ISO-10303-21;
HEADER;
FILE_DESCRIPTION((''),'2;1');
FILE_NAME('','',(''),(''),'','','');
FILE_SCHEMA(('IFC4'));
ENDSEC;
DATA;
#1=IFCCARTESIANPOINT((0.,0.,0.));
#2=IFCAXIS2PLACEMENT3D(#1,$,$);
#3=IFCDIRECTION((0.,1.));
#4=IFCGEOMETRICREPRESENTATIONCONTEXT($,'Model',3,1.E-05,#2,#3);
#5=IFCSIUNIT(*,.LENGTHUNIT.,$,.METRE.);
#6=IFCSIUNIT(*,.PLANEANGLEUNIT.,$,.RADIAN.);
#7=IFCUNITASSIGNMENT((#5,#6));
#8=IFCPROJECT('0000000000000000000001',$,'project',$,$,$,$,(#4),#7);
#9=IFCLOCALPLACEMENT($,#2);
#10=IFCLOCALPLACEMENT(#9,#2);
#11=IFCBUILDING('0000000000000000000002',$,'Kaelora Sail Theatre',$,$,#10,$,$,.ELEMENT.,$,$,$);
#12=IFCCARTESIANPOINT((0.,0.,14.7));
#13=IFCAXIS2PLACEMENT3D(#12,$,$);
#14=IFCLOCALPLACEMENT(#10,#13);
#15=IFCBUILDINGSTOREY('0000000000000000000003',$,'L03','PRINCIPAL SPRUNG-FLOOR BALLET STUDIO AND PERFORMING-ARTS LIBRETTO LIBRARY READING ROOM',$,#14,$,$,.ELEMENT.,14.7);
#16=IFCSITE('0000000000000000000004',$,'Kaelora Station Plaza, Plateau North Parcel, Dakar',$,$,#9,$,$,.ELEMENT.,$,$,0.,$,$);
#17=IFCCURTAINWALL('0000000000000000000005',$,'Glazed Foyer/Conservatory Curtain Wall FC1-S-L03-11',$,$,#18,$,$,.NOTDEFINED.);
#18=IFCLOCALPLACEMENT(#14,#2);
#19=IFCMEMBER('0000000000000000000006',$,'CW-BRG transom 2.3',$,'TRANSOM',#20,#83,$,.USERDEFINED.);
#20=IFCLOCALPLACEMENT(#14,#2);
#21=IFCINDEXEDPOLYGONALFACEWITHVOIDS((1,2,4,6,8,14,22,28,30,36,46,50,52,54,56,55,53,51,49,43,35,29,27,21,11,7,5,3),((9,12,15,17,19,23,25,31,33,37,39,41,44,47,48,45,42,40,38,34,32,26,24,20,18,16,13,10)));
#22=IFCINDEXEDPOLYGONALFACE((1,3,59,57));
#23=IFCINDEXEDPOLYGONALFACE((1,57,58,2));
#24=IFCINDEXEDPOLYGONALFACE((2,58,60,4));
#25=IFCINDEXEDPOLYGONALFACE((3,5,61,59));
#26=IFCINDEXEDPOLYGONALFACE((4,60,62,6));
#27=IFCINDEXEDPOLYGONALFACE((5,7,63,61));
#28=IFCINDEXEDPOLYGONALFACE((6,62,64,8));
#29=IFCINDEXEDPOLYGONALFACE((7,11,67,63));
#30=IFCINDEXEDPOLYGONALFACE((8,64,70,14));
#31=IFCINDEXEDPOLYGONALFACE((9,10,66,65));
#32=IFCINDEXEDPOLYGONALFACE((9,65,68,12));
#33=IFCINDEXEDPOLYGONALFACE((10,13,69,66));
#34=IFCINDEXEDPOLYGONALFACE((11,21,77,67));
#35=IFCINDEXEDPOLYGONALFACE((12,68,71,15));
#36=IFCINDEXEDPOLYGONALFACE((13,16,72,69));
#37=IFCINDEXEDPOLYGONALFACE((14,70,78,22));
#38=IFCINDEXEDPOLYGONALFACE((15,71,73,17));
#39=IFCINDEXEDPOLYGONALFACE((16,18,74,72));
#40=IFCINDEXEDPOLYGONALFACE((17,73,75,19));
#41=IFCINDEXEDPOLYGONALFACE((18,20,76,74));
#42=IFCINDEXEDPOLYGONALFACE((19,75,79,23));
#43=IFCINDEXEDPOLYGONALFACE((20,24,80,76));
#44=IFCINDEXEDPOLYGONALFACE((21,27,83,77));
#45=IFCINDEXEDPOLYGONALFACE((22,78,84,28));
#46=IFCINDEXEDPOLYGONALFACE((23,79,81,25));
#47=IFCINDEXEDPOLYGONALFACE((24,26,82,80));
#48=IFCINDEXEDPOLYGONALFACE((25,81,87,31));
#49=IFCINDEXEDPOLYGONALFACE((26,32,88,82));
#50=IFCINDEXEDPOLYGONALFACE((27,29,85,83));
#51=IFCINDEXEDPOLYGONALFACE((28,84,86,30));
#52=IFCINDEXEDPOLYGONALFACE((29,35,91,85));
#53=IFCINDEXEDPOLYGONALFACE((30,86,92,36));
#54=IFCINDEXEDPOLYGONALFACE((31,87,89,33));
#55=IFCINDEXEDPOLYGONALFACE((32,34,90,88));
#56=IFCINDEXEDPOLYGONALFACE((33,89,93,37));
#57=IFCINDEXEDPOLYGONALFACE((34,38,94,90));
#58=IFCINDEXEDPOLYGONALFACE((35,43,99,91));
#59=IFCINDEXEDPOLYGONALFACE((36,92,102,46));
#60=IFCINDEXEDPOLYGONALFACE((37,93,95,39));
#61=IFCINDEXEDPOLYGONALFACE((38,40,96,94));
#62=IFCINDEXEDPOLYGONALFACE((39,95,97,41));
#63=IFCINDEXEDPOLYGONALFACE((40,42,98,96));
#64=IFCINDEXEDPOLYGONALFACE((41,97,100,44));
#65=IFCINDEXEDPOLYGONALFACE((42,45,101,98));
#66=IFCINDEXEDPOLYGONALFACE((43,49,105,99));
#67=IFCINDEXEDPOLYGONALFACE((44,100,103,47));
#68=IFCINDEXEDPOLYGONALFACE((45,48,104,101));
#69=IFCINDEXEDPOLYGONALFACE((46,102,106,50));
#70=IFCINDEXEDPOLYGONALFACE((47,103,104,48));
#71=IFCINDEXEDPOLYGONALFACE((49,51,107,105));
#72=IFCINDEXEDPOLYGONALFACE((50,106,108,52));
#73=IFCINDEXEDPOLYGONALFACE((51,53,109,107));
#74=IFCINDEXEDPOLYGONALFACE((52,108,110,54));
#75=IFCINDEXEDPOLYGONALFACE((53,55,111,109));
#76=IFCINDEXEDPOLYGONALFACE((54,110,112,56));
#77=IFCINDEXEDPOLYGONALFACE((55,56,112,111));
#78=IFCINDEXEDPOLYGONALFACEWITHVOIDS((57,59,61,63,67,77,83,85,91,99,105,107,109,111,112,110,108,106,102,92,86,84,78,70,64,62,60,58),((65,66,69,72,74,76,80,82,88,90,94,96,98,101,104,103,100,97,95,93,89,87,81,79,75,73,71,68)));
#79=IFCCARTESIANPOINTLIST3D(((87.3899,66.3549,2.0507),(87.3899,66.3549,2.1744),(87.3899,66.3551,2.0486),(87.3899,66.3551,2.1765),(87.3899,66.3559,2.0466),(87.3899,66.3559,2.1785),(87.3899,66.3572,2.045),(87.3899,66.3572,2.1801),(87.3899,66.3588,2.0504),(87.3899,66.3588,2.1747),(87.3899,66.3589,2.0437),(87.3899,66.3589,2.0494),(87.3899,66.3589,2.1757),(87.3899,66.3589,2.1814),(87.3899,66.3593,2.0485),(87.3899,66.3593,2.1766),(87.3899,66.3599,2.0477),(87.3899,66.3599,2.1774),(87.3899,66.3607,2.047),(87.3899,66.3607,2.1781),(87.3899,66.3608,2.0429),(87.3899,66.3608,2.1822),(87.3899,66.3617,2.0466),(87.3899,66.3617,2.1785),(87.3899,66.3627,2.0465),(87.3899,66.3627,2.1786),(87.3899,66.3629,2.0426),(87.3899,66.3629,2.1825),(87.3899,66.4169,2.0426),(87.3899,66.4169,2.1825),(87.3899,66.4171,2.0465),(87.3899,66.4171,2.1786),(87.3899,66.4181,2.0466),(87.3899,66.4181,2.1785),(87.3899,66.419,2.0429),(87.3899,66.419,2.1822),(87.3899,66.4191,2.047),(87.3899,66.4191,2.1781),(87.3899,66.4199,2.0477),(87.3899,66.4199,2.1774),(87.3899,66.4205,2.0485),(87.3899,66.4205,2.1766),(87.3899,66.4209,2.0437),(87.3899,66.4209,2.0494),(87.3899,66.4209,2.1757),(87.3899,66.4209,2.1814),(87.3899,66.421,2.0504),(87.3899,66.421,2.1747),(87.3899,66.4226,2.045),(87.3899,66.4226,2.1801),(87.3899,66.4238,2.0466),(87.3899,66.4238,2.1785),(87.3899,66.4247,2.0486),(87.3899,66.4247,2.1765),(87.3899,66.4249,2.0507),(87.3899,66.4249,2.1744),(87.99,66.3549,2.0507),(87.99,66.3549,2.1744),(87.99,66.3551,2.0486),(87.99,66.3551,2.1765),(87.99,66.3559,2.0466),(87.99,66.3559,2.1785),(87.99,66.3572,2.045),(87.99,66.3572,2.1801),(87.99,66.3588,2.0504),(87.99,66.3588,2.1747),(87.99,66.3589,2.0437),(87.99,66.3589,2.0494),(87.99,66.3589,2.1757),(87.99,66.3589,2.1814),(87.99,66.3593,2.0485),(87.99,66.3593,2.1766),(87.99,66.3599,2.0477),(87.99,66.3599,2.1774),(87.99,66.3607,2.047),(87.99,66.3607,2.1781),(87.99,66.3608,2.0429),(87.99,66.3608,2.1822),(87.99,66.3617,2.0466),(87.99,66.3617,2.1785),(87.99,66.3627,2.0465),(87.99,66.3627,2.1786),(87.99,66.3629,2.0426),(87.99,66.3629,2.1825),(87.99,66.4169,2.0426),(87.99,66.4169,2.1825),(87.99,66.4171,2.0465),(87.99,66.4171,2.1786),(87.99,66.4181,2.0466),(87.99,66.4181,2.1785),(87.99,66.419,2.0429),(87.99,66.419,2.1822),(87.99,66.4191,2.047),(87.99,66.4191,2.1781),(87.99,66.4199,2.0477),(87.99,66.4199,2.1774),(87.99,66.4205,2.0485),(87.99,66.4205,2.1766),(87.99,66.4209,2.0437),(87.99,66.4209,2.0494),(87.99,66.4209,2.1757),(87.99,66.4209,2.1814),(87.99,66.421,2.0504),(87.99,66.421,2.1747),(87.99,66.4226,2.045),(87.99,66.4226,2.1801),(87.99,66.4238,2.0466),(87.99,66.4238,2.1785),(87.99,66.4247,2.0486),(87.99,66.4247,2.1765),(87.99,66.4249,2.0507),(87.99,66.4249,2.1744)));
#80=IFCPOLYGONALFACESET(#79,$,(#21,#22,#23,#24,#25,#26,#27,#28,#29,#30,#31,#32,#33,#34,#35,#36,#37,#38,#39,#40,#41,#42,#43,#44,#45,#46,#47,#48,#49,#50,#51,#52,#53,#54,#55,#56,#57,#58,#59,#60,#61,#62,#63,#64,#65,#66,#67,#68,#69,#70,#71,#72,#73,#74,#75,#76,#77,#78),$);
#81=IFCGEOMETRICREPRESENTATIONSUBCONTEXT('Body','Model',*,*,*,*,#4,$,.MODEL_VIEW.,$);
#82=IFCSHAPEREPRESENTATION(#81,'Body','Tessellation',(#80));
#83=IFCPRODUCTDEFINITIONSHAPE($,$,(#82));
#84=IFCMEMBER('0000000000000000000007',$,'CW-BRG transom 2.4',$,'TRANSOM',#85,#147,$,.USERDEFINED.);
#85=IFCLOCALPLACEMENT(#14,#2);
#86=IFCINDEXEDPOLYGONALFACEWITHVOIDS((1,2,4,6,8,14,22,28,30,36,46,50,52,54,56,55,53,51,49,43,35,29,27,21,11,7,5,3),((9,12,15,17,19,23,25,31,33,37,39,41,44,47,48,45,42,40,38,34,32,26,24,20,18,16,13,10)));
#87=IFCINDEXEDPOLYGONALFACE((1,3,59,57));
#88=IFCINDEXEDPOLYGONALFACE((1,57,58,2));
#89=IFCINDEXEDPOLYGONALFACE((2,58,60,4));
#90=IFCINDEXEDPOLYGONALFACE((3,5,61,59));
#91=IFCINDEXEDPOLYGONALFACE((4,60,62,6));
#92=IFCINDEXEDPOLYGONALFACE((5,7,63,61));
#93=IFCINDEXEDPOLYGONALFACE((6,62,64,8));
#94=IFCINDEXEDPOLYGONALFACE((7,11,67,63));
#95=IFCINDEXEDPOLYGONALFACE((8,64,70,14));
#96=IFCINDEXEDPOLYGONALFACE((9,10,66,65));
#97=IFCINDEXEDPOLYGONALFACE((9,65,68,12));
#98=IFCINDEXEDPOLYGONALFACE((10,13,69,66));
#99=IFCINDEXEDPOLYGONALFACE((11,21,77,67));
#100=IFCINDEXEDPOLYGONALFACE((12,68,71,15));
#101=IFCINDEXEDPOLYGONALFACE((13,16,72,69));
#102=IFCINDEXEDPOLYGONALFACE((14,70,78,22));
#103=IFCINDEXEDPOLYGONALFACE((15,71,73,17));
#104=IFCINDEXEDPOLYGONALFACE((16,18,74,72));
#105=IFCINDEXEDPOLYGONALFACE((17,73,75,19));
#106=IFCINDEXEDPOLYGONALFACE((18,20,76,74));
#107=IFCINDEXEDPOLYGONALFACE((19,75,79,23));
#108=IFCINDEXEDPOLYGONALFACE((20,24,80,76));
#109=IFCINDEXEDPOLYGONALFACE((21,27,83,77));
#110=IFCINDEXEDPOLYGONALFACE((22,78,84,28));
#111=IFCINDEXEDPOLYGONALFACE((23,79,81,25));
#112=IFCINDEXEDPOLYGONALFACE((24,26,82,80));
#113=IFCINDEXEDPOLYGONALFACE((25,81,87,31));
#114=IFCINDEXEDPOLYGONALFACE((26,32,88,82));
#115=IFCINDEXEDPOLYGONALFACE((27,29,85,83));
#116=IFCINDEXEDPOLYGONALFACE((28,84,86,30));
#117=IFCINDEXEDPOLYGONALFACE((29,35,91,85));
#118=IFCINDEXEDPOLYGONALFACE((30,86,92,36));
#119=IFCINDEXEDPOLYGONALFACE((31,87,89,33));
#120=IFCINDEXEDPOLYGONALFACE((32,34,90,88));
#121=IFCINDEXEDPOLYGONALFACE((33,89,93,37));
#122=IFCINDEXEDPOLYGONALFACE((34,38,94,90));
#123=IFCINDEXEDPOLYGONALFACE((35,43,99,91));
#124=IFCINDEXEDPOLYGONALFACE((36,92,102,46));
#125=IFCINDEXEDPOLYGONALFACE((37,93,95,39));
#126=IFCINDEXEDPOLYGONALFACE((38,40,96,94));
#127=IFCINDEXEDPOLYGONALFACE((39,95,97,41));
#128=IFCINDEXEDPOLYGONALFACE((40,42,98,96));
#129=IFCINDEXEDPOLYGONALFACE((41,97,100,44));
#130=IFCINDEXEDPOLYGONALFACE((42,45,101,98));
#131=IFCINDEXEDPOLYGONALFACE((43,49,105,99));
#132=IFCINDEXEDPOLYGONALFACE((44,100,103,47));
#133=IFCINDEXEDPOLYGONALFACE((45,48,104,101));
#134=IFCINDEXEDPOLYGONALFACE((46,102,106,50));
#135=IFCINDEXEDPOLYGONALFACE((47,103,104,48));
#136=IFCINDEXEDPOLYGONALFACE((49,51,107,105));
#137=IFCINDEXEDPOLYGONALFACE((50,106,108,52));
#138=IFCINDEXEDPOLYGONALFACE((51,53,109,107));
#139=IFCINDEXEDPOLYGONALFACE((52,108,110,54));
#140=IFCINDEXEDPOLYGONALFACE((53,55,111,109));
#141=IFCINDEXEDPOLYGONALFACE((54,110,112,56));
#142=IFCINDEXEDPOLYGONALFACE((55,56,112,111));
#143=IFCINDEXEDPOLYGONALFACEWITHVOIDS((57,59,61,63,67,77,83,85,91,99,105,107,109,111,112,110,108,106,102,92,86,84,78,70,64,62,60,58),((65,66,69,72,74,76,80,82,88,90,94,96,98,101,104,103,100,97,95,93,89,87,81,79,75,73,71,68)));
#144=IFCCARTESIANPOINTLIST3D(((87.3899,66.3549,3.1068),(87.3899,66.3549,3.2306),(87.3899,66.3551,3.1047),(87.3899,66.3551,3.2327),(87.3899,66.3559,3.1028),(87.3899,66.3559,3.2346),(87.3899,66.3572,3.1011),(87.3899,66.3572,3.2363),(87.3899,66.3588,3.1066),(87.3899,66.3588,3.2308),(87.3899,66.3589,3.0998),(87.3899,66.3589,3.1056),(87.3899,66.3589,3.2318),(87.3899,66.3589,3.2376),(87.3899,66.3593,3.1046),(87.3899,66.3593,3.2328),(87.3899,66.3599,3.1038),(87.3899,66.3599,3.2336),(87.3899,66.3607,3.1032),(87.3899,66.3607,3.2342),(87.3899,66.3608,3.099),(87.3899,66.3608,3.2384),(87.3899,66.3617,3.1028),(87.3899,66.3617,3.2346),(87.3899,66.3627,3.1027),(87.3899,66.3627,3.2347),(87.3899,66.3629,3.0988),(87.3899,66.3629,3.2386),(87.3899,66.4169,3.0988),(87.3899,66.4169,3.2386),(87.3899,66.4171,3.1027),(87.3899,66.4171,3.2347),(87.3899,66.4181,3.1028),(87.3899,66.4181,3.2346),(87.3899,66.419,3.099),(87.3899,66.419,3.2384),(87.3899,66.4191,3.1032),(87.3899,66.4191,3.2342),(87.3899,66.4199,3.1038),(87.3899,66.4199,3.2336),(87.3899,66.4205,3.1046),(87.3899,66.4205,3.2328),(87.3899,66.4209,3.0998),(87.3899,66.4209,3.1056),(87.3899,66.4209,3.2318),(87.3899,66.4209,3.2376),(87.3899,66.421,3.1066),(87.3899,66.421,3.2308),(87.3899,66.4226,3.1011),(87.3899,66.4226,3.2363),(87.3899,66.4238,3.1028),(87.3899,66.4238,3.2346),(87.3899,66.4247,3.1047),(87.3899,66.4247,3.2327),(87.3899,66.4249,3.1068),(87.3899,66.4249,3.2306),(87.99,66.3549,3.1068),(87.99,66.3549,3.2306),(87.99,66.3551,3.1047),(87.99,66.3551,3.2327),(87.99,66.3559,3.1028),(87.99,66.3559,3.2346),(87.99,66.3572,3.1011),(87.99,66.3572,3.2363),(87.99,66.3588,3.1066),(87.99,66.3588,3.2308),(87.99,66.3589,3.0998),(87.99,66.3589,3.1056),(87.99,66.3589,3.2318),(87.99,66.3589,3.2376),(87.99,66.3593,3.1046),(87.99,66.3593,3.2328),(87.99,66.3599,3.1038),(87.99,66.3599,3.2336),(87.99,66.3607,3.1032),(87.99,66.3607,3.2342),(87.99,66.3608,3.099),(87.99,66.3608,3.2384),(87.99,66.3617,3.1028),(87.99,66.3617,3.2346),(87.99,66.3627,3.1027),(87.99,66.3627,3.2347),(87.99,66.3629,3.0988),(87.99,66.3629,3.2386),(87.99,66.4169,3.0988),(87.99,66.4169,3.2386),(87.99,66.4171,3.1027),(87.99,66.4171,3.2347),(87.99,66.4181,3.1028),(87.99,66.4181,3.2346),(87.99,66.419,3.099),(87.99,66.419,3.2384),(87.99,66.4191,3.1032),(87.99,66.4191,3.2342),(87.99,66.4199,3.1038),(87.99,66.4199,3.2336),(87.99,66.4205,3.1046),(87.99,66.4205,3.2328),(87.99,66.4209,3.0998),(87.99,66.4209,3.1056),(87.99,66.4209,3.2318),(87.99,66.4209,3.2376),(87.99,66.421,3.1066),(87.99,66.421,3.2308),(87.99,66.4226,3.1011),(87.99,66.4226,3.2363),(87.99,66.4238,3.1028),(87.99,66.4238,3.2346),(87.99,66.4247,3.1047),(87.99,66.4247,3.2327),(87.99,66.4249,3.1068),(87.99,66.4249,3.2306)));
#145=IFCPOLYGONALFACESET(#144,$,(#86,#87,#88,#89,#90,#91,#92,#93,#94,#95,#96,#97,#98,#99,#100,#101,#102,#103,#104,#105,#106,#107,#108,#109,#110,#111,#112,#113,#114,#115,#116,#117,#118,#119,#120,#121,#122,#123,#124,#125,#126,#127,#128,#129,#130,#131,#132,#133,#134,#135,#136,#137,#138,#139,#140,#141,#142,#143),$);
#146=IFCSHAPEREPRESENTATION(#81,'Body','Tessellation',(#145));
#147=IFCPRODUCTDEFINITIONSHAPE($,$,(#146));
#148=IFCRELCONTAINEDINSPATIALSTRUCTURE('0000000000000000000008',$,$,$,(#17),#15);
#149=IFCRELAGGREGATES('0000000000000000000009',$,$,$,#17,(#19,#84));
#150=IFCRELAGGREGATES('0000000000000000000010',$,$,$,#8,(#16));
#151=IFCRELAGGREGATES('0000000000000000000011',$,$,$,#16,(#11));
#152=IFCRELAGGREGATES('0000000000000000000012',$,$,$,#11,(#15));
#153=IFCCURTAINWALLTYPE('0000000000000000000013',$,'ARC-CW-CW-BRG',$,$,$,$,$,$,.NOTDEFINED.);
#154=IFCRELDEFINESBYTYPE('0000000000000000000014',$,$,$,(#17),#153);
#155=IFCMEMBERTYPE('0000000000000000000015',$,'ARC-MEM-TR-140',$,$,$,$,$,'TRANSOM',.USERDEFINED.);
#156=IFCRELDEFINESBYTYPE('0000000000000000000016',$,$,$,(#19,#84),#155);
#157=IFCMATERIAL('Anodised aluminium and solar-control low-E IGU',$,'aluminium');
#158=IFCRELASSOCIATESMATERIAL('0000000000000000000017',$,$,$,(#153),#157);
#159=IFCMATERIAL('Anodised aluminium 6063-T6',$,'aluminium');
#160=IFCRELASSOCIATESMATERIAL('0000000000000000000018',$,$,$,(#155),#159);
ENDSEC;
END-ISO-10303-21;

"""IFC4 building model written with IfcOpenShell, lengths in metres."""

from ifc_helpers import new_model, si_unit, direction, frame, origin, origin_2d, place, context, subcontext, project, spatial, hollow_rectangle, extrude, material, material_profile, profile_set, type_object, element, aggregate, save


model = new_model("IFC4")

# Units and contexts
model_context = context("Model", 3, precision=1e-05, world=origin(), true_north=direction((0.0, 1.0)))
body_context = subcontext(model_context, "Body", "Model", "MODEL_VIEW")
ifc_project = project(units=[si_unit("LENGTHUNIT", "METRE"), si_unit("PLANEANGLEUNIT", "RADIAN")], contexts=[model_context])

# Site, building, storey
site_placement = place(None, origin())
site = spatial("IfcSite", under=ifc_project, at=site_placement, Name="Kaelora Station Plaza, Plateau North Parcel, Dakar", CompositionType="ELEMENT", RefElevation=0.0)
building_placement = place(site_placement, origin())
building = spatial("IfcBuilding", under=site, at=building_placement, Name="Kaelora Sail Theatre", CompositionType="ELEMENT")
storey_placement = place(building_placement, frame((0.0, 0.0, 14.7)))
storey = spatial("IfcBuildingStorey", under=building, at=storey_placement, Name="L03", Description="PRINCIPAL SPRUNG-FLOOR BALLET STUDIO AND PERFORMING-ARTS LIBRETTO LIBRARY READING ROOM", CompositionType="ELEMENT", Elevation=14.7)

# Shared definitions
ifc_material_1 = material(Name="Anodised aluminium and solar-control low-E IGU", Category="aluminium")
curtain_wall_type = type_object("IfcCurtainWallType", Name="ARC-CW-CW-BRG", PredefinedType="NOTDEFINED", material=ifc_material_1)

# Curtain wall
curtain_wall_1_placement = place(storey_placement, origin())
curtain_wall_1 = element("IfcCurtainWall", 1, at=curtain_wall_1_placement, inside=storey, type_object=curtain_wall_type, Name="Glazed Foyer/Conservatory Curtain Wall FC1-S-L03-11", PredefinedType="NOTDEFINED")

# Members
ifc_material_2 = material(Name="Anodised aluminium 6063-T6", Category="aluminium")
ifc_material_profile_1 = material_profile(ifc_material_2, hollow_rectangle(XDim=0.0701, YDim=0.1399, WallThickness=0.0039, InnerFilletRadius=0.0039, OuterFilletRadius=0.0081, at=origin_2d()), Name="ALU-TRAN 70x140x4")
ifc_profile_set_1 = profile_set([ifc_material_profile_1], Name="Anodised aluminium 6063-T6")
member_type_1 = type_object("IfcMemberType", Name="ARC-MEM-TR-140", ElementType="TRANSOM", PredefinedType="USERDEFINED", material=ifc_profile_set_1)
member_1_placement = place(storey_placement, frame((87.3899, 66.3899, 2.1125), z_axis=(1.0, 0.0, 0.0), x_axis=(0.0, 1.0, 0.0)))
member_1 = element("IfcMember", 2, at=member_1_placement, type_object=member_type_1, Name="CW-BRG transom 2.3", ObjectType="TRANSOM", PredefinedType="USERDEFINED", context=body_context, shape_type="SweptSolid", body=[
    extrude(hollow_rectangle(XDim=0.0701, YDim=0.1399, WallThickness=0.0039, InnerFilletRadius=0.0039, OuterFilletRadius=0.0081, at=origin_2d()), origin(), (0.0, 0.0, 1.0), 0.6001),
])
member_2_placement = place(storey_placement, frame((87.3899, 66.3899, 3.1687), z_axis=(1.0, 0.0, 0.0), x_axis=(0.0, 1.0, 0.0)))
member_2 = element("IfcMember", 3, at=member_2_placement, type_object=member_type_1, Name="CW-BRG transom 2.4", ObjectType="TRANSOM", PredefinedType="USERDEFINED", context=body_context, shape_type="SweptSolid", body=[
    extrude(hollow_rectangle(XDim=0.0701, YDim=0.1399, WallThickness=0.0039, InnerFilletRadius=0.0039, OuterFilletRadius=0.0081, at=origin_2d()), origin(), (0.0, 0.0, 1.0), 0.6001),
])

aggregate(curtain_wall_1, [member_1, member_2])

save(model, "model.ifc")
